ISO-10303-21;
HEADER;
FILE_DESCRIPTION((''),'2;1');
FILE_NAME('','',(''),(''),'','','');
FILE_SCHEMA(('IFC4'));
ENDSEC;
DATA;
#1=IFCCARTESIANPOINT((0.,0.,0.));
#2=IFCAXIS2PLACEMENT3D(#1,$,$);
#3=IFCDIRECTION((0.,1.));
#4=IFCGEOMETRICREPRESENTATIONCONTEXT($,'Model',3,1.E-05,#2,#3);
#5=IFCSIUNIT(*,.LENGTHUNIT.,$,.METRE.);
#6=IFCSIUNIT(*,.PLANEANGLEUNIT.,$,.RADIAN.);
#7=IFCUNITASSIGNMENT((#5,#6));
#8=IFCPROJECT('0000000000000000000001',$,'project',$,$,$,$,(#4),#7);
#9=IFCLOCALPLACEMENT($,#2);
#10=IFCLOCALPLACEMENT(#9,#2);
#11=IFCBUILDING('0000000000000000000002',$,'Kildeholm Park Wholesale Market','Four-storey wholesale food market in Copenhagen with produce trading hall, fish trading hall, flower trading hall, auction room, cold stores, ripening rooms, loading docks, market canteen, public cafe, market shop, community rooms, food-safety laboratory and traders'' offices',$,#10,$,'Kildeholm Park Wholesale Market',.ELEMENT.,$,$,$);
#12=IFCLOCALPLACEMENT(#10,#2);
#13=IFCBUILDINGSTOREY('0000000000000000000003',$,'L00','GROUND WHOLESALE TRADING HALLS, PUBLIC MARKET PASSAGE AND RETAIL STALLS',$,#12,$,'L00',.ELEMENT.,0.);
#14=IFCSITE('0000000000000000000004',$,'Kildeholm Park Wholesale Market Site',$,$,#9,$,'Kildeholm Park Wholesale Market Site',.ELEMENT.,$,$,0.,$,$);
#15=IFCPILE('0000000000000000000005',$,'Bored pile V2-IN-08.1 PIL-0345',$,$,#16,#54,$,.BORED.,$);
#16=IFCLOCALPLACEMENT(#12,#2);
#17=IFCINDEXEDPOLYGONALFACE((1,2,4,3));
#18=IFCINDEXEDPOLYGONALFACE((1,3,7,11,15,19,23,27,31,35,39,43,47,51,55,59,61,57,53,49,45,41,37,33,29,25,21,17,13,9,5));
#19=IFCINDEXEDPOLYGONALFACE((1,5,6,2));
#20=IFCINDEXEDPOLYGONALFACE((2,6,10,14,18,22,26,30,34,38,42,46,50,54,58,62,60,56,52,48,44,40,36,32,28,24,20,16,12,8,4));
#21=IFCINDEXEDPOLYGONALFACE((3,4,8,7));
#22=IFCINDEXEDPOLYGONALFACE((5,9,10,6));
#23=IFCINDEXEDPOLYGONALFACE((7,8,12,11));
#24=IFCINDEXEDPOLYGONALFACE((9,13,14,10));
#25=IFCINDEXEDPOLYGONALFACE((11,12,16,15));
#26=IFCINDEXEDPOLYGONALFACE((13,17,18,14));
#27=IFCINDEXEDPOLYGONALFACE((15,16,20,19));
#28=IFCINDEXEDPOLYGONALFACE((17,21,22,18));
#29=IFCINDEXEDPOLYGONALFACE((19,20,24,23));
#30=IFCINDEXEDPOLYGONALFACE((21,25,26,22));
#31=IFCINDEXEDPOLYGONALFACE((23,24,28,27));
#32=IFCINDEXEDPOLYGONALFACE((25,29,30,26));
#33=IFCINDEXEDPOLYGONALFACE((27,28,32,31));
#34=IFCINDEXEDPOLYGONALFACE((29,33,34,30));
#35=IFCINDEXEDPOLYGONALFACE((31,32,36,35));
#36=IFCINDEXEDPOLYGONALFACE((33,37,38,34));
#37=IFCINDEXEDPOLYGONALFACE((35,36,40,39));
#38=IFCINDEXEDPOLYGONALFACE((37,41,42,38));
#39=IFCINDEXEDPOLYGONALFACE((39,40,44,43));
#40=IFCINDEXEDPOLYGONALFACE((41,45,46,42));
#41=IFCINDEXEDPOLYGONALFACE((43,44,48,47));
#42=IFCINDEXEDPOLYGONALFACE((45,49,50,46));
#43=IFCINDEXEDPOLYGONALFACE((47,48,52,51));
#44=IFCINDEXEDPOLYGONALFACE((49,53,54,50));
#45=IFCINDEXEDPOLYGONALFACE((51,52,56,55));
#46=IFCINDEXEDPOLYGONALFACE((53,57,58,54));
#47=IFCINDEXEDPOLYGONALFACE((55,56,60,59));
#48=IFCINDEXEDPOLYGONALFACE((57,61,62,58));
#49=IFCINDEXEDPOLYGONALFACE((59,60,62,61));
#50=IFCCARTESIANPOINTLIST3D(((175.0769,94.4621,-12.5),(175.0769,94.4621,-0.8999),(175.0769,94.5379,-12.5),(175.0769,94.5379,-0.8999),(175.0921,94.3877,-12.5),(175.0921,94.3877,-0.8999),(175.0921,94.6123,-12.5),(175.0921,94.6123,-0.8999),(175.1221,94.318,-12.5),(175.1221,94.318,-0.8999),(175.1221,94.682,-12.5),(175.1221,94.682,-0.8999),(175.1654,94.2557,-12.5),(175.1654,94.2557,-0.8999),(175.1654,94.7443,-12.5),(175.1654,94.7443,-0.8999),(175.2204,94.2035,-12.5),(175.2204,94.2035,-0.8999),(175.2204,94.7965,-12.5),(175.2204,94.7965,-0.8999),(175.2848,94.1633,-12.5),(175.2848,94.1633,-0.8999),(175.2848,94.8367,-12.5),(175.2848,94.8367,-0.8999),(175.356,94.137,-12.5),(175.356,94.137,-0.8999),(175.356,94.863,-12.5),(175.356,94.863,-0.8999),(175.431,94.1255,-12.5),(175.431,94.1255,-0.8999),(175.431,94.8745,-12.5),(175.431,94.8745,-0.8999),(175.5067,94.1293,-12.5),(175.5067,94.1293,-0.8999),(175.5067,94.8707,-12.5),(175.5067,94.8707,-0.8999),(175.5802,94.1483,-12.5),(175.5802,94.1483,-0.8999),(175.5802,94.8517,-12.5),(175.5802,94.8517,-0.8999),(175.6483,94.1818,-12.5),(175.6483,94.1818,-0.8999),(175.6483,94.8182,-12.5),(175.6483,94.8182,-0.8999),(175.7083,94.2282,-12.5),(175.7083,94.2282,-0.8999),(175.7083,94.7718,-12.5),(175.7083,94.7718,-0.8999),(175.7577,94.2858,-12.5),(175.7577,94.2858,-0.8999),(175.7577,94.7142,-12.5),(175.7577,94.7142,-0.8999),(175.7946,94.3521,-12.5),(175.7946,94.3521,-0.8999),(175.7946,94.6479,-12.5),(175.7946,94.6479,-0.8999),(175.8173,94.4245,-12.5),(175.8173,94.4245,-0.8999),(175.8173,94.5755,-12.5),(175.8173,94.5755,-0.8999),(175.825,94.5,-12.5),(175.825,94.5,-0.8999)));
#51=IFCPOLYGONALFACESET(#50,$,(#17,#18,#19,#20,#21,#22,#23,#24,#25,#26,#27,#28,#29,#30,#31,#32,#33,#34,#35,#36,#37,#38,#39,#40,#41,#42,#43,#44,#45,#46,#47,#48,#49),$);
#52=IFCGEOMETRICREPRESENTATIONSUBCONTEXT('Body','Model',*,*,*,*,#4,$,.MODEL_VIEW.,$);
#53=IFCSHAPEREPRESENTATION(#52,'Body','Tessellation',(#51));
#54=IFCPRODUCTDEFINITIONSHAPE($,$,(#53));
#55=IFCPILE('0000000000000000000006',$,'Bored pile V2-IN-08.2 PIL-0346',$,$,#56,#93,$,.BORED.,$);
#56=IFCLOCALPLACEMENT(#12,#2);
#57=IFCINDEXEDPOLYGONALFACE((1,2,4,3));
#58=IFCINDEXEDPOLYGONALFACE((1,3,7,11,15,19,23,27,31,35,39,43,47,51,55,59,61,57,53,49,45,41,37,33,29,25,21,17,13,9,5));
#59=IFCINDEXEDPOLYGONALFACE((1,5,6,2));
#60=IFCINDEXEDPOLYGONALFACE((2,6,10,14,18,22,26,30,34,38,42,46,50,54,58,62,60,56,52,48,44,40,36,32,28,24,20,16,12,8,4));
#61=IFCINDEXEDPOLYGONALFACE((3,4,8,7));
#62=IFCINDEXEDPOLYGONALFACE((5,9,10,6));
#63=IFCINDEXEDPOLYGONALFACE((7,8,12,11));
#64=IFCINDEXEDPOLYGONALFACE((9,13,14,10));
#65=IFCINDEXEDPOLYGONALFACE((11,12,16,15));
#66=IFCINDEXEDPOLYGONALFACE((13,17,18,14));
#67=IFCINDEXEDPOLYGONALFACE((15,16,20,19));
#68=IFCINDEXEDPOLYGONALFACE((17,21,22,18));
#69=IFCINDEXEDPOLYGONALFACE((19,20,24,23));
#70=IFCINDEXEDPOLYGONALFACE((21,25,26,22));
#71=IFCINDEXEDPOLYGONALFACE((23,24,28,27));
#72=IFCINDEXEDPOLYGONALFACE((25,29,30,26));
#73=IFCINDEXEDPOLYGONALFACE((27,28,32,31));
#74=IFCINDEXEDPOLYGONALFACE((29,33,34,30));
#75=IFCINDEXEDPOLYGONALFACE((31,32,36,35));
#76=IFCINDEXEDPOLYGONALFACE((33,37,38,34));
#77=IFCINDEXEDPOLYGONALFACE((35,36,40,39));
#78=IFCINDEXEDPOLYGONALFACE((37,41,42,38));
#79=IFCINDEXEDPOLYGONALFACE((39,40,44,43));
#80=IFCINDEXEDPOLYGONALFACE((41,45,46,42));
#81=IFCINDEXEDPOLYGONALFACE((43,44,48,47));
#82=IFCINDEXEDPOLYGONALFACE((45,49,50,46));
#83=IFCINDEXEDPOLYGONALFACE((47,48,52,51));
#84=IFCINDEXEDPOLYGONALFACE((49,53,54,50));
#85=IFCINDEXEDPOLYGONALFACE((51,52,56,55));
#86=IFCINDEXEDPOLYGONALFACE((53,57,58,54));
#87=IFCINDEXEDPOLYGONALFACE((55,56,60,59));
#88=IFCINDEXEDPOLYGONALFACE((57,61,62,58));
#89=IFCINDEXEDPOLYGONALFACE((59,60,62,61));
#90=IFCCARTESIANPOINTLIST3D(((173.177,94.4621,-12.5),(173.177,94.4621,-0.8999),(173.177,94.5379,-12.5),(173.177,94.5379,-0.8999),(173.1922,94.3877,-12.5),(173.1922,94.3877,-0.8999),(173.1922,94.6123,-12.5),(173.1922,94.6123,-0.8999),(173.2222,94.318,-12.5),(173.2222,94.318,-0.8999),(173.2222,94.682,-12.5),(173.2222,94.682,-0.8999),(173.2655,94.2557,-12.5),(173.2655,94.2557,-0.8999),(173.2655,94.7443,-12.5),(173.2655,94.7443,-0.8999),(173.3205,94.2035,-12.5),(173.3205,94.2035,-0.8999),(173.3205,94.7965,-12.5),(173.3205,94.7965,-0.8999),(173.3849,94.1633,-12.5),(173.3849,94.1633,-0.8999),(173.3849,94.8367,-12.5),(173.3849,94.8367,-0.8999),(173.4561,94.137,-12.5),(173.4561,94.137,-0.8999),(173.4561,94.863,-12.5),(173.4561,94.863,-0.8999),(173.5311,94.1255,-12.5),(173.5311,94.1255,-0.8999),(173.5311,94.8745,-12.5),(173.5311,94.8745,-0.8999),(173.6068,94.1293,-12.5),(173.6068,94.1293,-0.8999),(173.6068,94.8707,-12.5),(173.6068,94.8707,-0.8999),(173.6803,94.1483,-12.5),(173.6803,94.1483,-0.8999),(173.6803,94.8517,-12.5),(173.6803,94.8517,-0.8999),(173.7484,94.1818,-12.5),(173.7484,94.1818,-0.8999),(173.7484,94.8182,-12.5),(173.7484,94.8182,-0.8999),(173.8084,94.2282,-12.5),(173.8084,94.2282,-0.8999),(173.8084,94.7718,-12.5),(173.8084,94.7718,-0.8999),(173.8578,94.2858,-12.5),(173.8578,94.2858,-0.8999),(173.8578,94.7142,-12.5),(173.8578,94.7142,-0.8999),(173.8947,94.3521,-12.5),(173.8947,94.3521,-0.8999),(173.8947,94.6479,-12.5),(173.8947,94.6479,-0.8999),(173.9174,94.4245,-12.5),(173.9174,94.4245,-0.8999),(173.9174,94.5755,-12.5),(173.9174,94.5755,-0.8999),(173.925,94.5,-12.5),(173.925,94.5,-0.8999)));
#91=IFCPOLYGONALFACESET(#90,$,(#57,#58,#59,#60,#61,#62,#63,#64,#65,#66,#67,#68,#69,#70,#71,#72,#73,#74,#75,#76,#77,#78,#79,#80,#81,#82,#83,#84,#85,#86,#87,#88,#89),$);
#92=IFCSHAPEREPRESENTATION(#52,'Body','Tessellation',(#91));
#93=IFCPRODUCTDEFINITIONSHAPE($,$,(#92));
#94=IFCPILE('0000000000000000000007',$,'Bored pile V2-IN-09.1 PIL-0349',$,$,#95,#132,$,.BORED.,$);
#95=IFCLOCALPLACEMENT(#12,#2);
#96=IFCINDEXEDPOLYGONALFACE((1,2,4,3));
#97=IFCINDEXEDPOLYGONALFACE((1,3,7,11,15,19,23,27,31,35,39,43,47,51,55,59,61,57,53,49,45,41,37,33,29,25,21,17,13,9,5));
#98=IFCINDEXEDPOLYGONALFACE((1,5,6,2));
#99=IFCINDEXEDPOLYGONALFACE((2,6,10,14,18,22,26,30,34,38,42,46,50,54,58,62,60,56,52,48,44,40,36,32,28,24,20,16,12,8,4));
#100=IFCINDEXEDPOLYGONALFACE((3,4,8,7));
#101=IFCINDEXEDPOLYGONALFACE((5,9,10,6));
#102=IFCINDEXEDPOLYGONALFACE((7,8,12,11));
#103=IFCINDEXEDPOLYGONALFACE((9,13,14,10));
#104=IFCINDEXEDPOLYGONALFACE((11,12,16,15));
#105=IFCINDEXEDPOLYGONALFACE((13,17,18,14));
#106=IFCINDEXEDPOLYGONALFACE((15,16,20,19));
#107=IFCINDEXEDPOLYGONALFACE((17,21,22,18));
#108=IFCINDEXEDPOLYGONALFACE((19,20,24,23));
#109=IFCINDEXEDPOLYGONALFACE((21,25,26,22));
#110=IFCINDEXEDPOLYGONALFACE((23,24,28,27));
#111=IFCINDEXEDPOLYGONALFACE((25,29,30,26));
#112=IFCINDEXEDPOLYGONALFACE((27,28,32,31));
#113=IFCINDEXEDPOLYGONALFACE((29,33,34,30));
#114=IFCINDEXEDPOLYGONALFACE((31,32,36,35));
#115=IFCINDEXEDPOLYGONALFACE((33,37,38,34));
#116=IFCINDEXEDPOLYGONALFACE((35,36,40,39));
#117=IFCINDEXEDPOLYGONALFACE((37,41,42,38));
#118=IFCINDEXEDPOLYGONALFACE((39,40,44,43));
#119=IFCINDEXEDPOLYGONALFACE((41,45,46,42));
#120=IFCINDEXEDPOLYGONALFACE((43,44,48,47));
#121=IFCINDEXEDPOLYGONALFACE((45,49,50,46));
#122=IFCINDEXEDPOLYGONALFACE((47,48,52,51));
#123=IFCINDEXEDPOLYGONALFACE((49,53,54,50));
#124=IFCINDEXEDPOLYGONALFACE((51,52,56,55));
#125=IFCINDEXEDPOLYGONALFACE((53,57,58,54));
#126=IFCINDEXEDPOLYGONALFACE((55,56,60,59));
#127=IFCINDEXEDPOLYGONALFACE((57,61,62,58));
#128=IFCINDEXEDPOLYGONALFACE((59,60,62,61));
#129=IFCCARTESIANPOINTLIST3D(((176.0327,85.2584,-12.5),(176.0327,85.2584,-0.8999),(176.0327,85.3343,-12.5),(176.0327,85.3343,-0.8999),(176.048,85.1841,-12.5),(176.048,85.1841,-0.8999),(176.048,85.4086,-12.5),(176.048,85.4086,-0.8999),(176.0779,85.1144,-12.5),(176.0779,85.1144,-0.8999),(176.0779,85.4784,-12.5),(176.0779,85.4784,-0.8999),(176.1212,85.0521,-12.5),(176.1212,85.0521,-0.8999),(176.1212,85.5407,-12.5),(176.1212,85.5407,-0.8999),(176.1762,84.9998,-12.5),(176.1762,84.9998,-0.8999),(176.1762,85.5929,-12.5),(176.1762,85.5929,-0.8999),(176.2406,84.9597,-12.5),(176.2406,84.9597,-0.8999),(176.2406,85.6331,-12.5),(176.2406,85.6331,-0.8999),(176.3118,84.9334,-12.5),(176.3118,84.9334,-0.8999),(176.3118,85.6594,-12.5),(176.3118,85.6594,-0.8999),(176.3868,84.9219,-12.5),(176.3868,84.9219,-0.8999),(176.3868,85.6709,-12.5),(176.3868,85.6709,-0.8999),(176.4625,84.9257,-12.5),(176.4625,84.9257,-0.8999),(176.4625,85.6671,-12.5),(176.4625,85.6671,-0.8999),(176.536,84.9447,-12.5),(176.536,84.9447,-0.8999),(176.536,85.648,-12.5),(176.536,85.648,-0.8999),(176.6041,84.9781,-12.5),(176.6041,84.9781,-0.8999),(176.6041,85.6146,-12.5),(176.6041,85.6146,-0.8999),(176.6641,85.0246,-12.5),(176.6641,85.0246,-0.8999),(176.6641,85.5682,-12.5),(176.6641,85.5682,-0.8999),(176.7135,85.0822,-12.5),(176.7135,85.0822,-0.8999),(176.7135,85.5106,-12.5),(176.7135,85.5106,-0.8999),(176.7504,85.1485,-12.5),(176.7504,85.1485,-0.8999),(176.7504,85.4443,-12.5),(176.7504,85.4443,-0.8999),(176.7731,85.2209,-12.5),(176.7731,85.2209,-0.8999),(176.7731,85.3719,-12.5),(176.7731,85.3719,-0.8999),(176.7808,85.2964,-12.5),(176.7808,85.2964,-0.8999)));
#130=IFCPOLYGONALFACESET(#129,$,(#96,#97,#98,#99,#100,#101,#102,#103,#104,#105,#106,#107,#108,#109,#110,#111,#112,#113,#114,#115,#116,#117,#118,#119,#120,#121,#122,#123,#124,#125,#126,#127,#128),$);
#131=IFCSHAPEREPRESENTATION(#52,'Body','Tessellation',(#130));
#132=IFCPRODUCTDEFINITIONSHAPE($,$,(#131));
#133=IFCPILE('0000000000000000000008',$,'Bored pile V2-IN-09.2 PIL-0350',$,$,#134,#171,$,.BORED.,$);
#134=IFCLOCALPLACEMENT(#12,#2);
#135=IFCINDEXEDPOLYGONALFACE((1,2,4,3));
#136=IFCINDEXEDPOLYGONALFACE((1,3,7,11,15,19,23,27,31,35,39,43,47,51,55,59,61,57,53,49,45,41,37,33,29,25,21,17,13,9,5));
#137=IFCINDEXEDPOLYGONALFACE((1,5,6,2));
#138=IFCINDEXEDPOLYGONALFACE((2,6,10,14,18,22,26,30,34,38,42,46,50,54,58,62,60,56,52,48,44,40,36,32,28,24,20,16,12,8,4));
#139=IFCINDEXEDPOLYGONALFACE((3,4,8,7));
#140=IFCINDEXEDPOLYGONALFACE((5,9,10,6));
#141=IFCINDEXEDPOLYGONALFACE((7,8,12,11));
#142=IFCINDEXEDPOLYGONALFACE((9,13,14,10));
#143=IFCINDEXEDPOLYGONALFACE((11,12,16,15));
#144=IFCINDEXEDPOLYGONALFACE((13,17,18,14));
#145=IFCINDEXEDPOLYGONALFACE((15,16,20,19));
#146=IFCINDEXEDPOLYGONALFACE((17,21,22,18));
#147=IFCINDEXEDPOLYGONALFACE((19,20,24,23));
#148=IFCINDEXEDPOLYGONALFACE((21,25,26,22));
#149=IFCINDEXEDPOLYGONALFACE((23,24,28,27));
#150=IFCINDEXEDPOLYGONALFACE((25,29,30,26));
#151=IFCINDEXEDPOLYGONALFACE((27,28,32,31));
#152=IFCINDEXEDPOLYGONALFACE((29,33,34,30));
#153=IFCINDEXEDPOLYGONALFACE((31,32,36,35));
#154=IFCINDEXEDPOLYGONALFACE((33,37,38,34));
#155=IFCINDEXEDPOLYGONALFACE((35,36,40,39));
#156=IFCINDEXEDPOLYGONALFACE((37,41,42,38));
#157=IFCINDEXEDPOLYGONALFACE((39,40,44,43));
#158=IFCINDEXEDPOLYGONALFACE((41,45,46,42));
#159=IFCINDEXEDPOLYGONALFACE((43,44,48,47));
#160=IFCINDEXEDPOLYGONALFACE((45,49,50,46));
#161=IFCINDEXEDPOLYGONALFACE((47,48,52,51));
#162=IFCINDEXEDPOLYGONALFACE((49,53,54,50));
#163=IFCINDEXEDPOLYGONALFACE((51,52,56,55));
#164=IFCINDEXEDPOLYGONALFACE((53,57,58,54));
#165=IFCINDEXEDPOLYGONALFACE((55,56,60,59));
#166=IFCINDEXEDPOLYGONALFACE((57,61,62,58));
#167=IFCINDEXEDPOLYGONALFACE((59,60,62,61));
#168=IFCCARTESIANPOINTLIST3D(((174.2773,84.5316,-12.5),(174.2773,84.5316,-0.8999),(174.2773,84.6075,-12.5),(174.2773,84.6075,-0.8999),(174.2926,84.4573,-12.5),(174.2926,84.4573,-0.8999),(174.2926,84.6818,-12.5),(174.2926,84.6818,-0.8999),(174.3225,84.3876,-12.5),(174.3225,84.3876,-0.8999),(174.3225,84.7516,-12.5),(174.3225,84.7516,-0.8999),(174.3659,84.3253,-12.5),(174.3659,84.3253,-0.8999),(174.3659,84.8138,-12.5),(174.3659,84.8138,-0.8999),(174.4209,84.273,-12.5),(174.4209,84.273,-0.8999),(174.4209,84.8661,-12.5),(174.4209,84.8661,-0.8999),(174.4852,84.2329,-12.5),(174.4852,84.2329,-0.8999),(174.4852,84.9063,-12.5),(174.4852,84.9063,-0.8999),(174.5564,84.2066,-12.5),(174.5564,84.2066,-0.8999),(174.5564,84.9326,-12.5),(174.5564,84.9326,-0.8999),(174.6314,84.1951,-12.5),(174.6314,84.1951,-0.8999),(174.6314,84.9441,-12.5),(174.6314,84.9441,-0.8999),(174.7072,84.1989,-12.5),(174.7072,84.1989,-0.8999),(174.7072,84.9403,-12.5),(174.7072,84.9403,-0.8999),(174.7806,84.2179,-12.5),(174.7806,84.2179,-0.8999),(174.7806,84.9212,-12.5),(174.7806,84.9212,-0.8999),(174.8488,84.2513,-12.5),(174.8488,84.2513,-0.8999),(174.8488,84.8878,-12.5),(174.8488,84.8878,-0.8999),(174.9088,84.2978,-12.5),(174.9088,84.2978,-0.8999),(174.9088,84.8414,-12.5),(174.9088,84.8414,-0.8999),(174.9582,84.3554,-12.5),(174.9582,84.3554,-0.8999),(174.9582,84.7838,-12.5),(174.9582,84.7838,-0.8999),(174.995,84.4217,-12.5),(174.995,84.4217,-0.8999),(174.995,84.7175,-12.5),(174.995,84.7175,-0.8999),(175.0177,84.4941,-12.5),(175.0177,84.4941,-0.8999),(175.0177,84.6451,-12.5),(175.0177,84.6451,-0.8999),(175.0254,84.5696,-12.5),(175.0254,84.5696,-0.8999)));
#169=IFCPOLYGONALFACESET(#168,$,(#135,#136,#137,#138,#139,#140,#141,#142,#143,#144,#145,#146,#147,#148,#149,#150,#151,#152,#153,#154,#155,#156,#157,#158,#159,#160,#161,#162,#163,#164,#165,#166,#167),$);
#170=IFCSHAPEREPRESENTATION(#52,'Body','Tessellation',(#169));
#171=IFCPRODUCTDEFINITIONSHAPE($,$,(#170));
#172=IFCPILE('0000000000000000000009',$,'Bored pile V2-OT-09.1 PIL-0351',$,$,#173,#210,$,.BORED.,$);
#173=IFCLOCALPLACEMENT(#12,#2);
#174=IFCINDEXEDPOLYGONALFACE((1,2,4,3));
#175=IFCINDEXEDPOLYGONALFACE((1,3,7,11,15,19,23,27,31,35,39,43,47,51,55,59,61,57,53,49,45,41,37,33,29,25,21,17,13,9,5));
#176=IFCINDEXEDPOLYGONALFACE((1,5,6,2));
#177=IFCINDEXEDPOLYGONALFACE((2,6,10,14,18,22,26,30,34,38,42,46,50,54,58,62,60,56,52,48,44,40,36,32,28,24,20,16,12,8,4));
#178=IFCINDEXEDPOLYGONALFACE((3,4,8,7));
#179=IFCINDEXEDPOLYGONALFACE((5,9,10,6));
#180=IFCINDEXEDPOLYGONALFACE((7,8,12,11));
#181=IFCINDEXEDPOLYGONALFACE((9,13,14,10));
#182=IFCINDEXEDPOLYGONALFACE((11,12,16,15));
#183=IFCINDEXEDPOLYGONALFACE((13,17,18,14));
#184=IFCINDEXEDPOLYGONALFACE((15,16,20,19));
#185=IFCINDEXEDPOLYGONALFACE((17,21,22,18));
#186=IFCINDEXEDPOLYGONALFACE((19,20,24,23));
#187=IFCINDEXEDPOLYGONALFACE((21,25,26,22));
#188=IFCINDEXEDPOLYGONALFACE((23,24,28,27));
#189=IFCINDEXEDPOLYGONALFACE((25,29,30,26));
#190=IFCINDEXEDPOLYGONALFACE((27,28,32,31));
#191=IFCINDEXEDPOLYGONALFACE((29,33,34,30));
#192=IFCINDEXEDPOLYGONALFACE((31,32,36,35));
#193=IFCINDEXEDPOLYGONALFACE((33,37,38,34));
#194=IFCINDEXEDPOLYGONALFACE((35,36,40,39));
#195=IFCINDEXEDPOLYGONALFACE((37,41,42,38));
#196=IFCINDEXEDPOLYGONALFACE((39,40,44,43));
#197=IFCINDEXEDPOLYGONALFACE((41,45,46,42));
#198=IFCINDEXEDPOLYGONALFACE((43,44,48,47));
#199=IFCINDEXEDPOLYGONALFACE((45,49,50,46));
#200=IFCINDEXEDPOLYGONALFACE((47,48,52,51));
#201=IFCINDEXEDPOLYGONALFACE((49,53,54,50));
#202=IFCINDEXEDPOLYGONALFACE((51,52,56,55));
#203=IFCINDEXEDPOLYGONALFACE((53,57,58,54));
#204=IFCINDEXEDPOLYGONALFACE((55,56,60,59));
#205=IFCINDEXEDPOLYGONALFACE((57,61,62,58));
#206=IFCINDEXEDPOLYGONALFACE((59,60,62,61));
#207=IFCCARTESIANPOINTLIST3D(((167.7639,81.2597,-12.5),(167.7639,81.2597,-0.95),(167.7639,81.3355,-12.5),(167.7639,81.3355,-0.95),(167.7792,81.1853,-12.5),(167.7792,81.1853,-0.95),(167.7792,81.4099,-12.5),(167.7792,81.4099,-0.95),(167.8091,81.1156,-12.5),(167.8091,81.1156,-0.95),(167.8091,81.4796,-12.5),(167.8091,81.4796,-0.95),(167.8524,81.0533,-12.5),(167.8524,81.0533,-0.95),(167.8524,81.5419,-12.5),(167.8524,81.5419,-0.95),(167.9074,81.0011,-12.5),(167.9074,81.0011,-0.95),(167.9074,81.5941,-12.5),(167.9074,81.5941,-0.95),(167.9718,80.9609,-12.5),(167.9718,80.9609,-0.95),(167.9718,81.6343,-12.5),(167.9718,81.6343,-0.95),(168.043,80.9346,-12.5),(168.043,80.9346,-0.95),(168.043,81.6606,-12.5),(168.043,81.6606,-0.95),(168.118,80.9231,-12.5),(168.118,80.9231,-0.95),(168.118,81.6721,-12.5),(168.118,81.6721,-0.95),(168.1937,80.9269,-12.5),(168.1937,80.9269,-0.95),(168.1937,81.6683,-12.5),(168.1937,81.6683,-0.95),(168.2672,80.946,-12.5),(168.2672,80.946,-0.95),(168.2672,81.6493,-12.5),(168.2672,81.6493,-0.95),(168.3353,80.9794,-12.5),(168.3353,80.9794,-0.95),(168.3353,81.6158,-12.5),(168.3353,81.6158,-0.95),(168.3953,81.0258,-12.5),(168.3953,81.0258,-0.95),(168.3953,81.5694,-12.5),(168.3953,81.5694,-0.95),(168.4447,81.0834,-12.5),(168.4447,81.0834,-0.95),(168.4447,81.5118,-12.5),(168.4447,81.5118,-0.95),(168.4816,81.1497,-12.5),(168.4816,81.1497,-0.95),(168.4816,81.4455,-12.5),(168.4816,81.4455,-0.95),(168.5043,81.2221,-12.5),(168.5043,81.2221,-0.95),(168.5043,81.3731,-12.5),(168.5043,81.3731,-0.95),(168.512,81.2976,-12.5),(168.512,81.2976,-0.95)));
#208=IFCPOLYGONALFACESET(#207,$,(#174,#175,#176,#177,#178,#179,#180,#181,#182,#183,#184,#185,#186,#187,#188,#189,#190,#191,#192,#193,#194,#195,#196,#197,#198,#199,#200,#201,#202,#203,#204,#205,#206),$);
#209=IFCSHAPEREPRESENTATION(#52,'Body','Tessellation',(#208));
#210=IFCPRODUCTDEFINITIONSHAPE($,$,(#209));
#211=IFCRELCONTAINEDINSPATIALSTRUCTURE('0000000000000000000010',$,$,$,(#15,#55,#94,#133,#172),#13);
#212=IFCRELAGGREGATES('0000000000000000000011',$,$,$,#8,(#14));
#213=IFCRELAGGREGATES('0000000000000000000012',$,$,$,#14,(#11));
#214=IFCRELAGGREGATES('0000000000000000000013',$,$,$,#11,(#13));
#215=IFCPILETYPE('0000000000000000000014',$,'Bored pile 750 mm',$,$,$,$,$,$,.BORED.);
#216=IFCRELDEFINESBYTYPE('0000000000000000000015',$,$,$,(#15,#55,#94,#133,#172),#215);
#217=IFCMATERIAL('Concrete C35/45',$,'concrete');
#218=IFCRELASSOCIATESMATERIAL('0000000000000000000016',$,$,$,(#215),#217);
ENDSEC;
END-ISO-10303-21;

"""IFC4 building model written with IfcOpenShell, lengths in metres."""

from ifc_helpers import new_model, si_unit, direction, frame, origin, origin_2d, place, context, subcontext, project, spatial, circle, extrude, material, material_profile, profile_set, type_object, element, save


model = new_model("IFC4")

# Units and contexts
model_context = context("Model", 3, precision=1e-05, world=origin(), true_north=direction((0.0, 1.0)))
body_context = subcontext(model_context, "Body", "Model", "MODEL_VIEW")
ifc_project = project(units=[si_unit("LENGTHUNIT", "METRE"), si_unit("PLANEANGLEUNIT", "RADIAN")], contexts=[model_context])

# Site, building, storey
site_placement = place(None, origin())
site = spatial("IfcSite", under=ifc_project, at=site_placement, Name="Kildeholm Park Wholesale Market Site", LongName="Kildeholm Park Wholesale Market Site", CompositionType="ELEMENT", RefElevation=0.0)
building_placement = place(site_placement, origin())
building = spatial("IfcBuilding", under=site, at=building_placement, Name="Kildeholm Park Wholesale Market", Description="Four-storey wholesale food market in Copenhagen with produce trading hall, fish trading hall, flower trading hall, auction room, cold stores, ripening rooms, loading docks, market canteen, public cafe, market shop, community rooms, food-safety laboratory and traders' offices", LongName="Kildeholm Park Wholesale Market", CompositionType="ELEMENT")
storey_placement = place(building_placement, origin())
storey = spatial("IfcBuildingStorey", under=building, at=storey_placement, Name="L00", Description="GROUND WHOLESALE TRADING HALLS, PUBLIC MARKET PASSAGE AND RETAIL STALLS", LongName="L00", CompositionType="ELEMENT", Elevation=0.0)

# Piles
ifc_material_1 = material(Name="Concrete C35/45", Category="concrete")
ifc_material_profile_1 = material_profile(ifc_material_1, circle(Radius=0.375, at=origin_2d()), Name="PILE D750")
ifc_profile_set_1 = profile_set([ifc_material_profile_1], Name="Concrete C35/45")
pile_type = type_object("IfcPileType", Name="Bored pile 750 mm", PredefinedType="BORED", material=ifc_profile_set_1)
for number, where, z_axis, x_axis, name in (
    (1, (175.45, 94.5, -0.8999), (0.0, 0.0, -1.0), (1.0, 0.0, 0.0), "Bored pile V2-IN-08.1 PIL-0345"),
    (2, (173.55, 94.5, -0.8999), (0.0, 0.0, -1.0), (1.0, 0.0, 0.0), "Bored pile V2-IN-08.2 PIL-0346"),
    (3, (176.4058, 85.2964, -0.8999), (0.0, 0.0, -1.0), (1.0, 0.0, 0.0), "Bored pile V2-IN-09.1 PIL-0349"),
    (4, (174.6504, 84.5696, -0.8999), (0.0, 0.0, -1.0), (1.0, 0.0, 0.0), "Bored pile V2-IN-09.2 PIL-0350"),
):
    element("IfcPile", number, at=place(storey_placement, frame(where, z_axis=z_axis, x_axis=x_axis)), inside=storey, type_object=pile_type, Name=name, PredefinedType="BORED", context=body_context, shape_type="SweptSolid", body=[
        extrude(circle(Radius=0.375, at=origin_2d()), origin(), (0.0, 0.0, 1.0), 11.6001),
    ])
pile_1_placement = place(storey_placement, frame((168.137, 81.2976, -0.95), z_axis=(0.0, 0.0, -1.0), x_axis=(1.0, 0.0, 0.0)))
element("IfcPile", 5, at=pile_1_placement, inside=storey, type_object=pile_type, Name="Bored pile V2-OT-09.1 PIL-0351", PredefinedType="BORED", context=body_context, shape_type="SweptSolid", body=[
    extrude(circle(Radius=0.375, at=origin_2d()), origin(), (0.0, 0.0, 1.0), 11.55),
])

save(model, "model.ifc")
